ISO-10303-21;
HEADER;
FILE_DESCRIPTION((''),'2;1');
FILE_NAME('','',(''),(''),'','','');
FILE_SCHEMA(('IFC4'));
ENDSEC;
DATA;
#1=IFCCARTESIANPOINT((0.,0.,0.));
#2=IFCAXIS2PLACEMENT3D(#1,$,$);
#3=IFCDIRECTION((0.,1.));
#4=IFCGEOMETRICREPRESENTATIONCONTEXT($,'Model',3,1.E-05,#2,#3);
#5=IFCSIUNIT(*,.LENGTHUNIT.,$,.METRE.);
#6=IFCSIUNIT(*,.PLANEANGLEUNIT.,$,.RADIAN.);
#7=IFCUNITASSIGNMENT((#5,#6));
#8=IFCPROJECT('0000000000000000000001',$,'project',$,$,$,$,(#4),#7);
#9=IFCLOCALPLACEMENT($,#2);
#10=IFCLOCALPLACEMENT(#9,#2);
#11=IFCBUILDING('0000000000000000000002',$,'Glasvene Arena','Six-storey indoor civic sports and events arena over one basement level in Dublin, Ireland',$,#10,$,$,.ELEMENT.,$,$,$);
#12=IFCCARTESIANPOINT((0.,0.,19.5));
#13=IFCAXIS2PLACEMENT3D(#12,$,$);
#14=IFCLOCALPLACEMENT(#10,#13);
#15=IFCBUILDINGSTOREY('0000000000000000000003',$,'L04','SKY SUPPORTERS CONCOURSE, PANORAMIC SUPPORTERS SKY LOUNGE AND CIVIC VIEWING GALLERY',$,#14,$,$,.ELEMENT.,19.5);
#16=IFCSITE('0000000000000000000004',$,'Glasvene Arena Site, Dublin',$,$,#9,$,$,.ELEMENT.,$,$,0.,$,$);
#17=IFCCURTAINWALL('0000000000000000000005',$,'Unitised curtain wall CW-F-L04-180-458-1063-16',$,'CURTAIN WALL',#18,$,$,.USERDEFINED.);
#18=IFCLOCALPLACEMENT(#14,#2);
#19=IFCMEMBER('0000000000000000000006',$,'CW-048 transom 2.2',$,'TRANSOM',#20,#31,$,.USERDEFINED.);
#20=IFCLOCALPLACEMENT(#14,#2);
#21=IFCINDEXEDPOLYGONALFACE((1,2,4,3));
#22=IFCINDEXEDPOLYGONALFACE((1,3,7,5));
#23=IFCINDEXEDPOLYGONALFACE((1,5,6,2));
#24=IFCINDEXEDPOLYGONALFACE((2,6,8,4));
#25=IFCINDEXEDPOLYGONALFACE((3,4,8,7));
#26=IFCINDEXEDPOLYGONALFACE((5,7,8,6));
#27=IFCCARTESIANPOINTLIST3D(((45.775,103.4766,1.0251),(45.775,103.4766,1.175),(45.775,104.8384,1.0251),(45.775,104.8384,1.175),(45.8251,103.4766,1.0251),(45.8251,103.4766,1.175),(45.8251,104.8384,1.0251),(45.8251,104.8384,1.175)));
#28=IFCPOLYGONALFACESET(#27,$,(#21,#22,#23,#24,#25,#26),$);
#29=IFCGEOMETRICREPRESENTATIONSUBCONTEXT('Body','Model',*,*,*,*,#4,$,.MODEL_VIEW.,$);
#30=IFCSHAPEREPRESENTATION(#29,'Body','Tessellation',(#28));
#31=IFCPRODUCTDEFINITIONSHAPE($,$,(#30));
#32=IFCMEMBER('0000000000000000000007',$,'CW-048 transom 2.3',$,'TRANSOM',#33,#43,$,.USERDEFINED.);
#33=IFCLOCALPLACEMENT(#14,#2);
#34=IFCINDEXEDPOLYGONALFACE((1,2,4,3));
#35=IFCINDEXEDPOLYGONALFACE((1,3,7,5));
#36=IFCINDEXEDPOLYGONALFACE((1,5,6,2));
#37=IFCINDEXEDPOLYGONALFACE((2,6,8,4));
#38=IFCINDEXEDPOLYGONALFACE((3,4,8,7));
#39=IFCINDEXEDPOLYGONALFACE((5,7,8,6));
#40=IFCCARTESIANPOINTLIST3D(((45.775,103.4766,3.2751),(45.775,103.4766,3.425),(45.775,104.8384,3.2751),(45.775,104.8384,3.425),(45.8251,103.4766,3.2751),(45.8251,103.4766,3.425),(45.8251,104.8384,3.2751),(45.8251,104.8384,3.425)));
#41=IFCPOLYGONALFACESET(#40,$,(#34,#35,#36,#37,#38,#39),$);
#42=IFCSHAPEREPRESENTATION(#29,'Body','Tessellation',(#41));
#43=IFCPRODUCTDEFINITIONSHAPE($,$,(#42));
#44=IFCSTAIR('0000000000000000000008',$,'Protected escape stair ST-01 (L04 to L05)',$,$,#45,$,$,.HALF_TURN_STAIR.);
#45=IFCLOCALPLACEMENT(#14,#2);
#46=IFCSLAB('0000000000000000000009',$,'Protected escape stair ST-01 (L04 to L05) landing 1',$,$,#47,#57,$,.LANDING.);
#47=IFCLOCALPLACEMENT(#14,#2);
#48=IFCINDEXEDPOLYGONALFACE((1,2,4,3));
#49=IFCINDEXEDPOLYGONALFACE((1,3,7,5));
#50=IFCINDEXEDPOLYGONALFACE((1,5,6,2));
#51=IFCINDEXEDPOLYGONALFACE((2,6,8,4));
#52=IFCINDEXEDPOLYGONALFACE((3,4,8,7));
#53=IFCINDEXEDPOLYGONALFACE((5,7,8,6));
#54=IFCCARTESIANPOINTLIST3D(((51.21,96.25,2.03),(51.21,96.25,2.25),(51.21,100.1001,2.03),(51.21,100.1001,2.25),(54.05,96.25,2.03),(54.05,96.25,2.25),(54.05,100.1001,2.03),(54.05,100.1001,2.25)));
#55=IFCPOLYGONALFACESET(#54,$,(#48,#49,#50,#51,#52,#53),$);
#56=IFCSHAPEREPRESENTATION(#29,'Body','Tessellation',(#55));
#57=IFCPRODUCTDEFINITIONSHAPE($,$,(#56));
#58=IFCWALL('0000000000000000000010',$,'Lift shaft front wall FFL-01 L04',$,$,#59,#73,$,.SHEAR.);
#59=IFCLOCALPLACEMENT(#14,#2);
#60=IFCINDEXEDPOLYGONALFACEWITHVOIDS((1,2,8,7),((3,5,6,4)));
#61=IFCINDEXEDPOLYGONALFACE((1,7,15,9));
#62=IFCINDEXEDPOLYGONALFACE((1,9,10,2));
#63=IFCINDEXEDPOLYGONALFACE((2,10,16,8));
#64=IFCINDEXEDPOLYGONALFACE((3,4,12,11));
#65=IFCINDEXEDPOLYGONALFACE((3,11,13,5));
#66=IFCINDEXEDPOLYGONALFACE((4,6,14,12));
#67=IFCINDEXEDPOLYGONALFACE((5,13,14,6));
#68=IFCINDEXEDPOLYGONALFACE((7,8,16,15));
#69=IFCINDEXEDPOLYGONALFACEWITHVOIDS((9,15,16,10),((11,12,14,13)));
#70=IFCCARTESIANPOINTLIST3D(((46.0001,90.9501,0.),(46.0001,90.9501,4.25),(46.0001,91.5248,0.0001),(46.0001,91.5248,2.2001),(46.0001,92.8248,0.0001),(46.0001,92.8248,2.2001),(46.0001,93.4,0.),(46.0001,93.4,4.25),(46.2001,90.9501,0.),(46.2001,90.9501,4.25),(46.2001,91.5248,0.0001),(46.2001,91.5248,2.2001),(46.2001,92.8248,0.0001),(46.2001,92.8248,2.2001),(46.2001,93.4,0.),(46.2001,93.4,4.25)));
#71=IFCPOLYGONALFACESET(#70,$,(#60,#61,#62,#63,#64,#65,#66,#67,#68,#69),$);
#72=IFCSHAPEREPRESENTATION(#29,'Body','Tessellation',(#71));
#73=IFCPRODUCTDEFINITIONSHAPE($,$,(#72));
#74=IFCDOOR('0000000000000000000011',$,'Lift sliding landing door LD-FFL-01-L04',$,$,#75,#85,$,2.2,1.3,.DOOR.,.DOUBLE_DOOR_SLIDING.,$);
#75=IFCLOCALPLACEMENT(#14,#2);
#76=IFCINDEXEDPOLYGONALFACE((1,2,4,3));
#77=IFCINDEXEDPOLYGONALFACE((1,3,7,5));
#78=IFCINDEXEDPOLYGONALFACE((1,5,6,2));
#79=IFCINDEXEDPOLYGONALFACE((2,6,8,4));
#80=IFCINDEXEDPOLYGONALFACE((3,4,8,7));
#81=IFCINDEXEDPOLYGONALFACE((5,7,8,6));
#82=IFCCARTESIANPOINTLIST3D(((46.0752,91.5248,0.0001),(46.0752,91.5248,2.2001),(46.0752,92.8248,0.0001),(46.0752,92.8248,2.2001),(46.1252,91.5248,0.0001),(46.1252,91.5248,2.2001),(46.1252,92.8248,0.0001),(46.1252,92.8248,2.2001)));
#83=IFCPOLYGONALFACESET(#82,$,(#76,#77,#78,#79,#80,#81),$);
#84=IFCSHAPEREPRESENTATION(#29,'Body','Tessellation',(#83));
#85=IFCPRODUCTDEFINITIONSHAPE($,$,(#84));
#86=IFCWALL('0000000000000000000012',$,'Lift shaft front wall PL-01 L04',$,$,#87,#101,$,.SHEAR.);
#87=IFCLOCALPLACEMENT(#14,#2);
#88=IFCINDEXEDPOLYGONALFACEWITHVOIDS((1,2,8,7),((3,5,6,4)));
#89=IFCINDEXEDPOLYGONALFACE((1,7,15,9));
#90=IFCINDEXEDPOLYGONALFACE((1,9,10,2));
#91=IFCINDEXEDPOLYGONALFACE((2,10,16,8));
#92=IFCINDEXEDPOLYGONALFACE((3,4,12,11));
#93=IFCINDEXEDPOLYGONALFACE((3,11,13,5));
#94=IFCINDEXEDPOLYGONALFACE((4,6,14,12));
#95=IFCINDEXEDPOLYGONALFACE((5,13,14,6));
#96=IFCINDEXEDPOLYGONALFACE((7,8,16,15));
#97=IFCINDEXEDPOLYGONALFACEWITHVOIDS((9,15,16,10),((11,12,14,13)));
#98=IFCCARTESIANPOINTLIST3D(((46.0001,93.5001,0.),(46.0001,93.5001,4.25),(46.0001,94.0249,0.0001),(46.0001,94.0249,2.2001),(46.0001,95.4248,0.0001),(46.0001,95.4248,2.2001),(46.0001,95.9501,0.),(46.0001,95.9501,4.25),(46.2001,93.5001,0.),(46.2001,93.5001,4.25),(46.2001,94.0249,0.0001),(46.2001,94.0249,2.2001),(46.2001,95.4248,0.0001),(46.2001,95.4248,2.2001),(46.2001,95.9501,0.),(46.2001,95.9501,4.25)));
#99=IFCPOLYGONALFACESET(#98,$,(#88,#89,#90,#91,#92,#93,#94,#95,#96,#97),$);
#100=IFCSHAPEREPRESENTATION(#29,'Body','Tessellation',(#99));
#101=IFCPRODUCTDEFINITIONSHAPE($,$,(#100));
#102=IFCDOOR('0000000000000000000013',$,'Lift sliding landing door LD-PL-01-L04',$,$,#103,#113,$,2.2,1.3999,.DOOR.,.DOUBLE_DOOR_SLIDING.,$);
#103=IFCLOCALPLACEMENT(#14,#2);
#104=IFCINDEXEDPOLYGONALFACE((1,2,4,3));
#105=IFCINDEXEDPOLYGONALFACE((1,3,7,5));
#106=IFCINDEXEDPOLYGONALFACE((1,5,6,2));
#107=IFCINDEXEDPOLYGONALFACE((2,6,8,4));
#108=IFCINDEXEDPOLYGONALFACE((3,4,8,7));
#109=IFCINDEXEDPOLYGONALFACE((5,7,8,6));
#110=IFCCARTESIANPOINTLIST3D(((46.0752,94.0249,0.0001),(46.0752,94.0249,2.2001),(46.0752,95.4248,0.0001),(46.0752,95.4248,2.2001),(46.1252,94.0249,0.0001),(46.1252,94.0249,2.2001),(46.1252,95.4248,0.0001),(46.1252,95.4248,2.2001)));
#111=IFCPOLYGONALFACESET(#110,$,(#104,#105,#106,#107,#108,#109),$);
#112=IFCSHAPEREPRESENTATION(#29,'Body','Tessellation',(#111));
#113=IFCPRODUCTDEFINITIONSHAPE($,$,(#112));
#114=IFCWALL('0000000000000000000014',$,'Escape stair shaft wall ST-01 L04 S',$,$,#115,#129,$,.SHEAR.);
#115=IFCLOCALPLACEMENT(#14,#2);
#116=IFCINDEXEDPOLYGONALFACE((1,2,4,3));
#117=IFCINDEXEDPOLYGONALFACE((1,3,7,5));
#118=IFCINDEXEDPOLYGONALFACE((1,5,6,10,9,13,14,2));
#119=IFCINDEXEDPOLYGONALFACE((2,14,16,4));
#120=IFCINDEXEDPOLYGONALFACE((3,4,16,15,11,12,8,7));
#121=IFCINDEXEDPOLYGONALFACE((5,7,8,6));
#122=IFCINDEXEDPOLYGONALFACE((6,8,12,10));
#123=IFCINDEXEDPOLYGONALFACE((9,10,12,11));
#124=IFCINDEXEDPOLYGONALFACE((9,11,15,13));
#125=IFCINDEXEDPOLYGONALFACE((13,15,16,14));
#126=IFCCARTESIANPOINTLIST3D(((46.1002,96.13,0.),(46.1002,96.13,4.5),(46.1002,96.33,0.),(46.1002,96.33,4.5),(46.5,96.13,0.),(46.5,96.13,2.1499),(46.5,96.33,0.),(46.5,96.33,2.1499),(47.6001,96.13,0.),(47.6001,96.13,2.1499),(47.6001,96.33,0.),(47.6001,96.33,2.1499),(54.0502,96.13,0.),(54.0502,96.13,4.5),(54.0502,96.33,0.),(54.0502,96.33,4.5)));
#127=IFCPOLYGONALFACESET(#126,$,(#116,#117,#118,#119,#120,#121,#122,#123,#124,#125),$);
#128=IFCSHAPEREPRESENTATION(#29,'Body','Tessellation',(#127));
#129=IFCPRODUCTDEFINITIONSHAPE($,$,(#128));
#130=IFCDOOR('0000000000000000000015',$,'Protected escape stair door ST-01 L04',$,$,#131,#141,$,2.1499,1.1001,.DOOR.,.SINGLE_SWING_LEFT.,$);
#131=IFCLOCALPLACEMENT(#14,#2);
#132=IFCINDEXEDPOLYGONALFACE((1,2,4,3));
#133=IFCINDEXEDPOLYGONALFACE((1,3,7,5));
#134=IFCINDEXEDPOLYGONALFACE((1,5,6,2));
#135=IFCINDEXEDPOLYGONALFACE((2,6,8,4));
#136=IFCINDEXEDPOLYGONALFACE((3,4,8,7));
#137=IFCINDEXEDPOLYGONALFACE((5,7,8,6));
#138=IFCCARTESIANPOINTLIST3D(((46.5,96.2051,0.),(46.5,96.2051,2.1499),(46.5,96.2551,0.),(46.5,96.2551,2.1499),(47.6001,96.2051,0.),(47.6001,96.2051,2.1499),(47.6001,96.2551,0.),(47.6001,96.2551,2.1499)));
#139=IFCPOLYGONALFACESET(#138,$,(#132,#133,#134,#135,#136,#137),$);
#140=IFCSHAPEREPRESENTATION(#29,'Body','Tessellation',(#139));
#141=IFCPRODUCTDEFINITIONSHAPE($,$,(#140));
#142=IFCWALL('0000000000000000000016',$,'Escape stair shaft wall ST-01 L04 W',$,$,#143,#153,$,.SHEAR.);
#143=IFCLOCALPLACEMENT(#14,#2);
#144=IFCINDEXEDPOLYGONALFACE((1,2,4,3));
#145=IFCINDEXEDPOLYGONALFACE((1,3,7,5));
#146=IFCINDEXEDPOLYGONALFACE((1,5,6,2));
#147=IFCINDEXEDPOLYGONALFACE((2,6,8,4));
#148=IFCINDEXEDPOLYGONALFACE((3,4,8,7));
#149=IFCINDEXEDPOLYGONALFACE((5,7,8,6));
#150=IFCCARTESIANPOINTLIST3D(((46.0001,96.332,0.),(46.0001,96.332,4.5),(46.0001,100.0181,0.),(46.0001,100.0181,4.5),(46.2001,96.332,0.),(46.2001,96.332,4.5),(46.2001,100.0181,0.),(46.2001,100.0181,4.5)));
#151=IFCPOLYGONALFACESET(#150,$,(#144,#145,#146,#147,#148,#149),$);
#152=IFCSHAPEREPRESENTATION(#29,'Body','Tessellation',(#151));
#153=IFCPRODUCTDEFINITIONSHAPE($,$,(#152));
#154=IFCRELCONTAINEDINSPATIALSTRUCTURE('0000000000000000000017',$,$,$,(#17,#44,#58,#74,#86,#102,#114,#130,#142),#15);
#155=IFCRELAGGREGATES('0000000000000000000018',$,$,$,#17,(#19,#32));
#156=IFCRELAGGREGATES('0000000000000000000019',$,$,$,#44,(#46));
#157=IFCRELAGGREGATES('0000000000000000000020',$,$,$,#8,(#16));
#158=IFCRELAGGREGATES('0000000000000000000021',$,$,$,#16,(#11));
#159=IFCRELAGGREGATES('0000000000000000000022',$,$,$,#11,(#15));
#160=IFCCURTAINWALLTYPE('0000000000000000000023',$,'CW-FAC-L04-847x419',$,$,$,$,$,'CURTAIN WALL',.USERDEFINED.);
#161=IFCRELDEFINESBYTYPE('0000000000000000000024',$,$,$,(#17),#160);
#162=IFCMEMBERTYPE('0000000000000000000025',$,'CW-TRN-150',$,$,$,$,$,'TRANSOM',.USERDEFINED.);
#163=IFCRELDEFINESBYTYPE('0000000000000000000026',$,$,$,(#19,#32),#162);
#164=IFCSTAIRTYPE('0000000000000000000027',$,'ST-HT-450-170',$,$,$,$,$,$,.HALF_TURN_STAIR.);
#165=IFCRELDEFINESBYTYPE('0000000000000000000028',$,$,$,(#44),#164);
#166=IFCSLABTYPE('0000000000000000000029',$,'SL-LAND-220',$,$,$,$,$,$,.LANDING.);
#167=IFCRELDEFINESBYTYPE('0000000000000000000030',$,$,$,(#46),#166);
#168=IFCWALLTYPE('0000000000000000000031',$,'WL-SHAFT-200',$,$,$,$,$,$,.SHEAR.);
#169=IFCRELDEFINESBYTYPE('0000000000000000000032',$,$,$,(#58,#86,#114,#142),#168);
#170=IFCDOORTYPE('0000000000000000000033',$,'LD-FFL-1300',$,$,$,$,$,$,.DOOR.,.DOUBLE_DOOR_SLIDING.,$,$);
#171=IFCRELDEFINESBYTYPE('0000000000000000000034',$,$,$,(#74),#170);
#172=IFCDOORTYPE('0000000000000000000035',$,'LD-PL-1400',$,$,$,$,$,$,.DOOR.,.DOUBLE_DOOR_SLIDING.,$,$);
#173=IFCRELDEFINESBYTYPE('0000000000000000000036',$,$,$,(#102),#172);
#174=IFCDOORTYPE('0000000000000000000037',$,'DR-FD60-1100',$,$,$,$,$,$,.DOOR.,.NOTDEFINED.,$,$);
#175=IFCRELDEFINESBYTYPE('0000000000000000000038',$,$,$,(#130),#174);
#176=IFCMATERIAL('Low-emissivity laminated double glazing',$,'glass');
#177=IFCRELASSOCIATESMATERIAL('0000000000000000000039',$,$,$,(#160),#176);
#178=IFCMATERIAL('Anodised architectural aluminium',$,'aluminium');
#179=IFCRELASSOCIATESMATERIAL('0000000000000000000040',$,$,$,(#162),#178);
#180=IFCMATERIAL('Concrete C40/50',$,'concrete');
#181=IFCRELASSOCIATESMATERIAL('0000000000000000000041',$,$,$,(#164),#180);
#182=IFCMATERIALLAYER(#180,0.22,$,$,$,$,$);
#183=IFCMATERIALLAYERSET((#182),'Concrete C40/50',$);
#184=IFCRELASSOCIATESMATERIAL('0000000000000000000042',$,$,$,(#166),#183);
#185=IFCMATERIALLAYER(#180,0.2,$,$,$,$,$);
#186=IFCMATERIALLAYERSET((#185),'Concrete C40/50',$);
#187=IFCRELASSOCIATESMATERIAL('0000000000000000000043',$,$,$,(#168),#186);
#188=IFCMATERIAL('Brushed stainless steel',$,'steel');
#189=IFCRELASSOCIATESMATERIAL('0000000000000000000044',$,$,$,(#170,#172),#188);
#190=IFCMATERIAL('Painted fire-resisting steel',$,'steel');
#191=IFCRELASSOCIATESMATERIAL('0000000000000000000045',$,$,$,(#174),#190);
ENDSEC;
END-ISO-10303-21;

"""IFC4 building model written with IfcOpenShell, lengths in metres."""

from ifc_helpers import new_model, si_unit, direction, frame, frame_2d, origin, origin_2d, place, context, subcontext, project, spatial, polyline, rectangle, outline, extrude, material, layer, layer_set, material_profile, profile_set, type_object, element, fill, aggregate, save


model = new_model("IFC4")

# Units and contexts
model_context = context("Model", 3, precision=1e-05, world=origin(), true_north=direction((0.0, 1.0)))
body_context = subcontext(model_context, "Body", "Model", "MODEL_VIEW")
ifc_project = project(units=[si_unit("LENGTHUNIT", "METRE"), si_unit("PLANEANGLEUNIT", "RADIAN")], contexts=[model_context])

# Site, building, storey
site_placement = place(None, origin())
site = spatial("IfcSite", under=ifc_project, at=site_placement, Name="Glasvene Arena Site, Dublin", CompositionType="ELEMENT", RefElevation=0.0)
building_placement = place(site_placement, origin())
building = spatial("IfcBuilding", under=site, at=building_placement, Name="Glasvene Arena", Description="Six-storey indoor civic sports and events arena over one basement level in Dublin, Ireland", CompositionType="ELEMENT")
storey_placement = place(building_placement, frame((0.0, 0.0, 19.5)))
storey = spatial("IfcBuildingStorey", under=building, at=storey_placement, Name="L04", Description="SKY SUPPORTERS CONCOURSE, PANORAMIC SUPPORTERS SKY LOUNGE AND CIVIC VIEWING GALLERY", CompositionType="ELEMENT", Elevation=19.5)

# Curtain wall, members
ifc_material_1 = material(Name="Low-emissivity laminated double glazing", Category="glass")
curtain_wall_type = type_object("IfcCurtainWallType", Name="CW-FAC-L04-847x419", ElementType="CURTAIN WALL", PredefinedType="USERDEFINED", material=ifc_material_1)
curtain_wall_placement = place(storey_placement, frame((45.8, 102.04, 0.0)))
curtain_wall = element("IfcCurtainWall", 1, at=curtain_wall_placement, inside=storey, type_object=curtain_wall_type, Name="Unitised curtain wall CW-F-L04-180-458-1063-16", ObjectType="CURTAIN WALL", PredefinedType="USERDEFINED")
ifc_material_2 = material(Name="Anodised architectural aluminium", Category="aluminium")
ifc_material_profile_1 = material_profile(ifc_material_2, rectangle(XDim=0.05, YDim=0.1499, at=origin_2d()), Name="ALU TRANSOM 50x150")
ifc_profile_set_1 = profile_set([ifc_material_profile_1], Name="Anodised architectural aluminium")
member_type_1 = type_object("IfcMemberType", Name="CW-TRN-150", ElementType="TRANSOM", PredefinedType="USERDEFINED", material=ifc_profile_set_1)
member_1_placement = place(storey_placement, frame((45.8, 103.4766, 1.1001), z_axis=(0.0, 1.0, 0.0), x_axis=(-1.0, 0.0, 0.0)))
member_1 = element("IfcMember", 2, at=member_1_placement, type_object=member_type_1, Name="CW-048 transom 2.2", ObjectType="TRANSOM", PredefinedType="USERDEFINED", context=body_context, shape_type="SweptSolid", body=[
    extrude(rectangle(XDim=0.05, YDim=0.1499, at=origin_2d()), origin(), (0.0, 0.0, 1.0), 1.3618),
])
member_2_placement = place(storey_placement, frame((45.8, 103.4766, 3.3501), z_axis=(0.0, 1.0, 0.0), x_axis=(-1.0, 0.0, 0.0)))
member_2 = element("IfcMember", 3, at=member_2_placement, type_object=member_type_1, Name="CW-048 transom 2.3", ObjectType="TRANSOM", PredefinedType="USERDEFINED", context=body_context, shape_type="SweptSolid", body=[
    extrude(rectangle(XDim=0.05, YDim=0.1499, at=origin_2d()), origin(), (0.0, 0.0, 1.0), 1.3618),
])
aggregate(curtain_wall, [member_1, member_2])

# Stair, slab
ifc_material_3 = material(Name="Concrete C40/50", Category="concrete")
stair_type = type_object("IfcStairType", Name="ST-HT-450-170", PredefinedType="HALF_TURN_STAIR", material=ifc_material_3)
stair_placement = place(storey_placement, origin())
stair = element("IfcStair", 4, at=stair_placement, inside=storey, type_object=stair_type, Name="Protected escape stair ST-01 (L04 to L05)", PredefinedType="HALF_TURN_STAIR")
ifc_layer_1 = layer(ifc_material_3, 0.22)
ifc_layer_set_1 = layer_set([ifc_layer_1], Name="Concrete C40/50")
slab_type = type_object("IfcSlabType", Name="SL-LAND-220", PredefinedType="LANDING", material=ifc_layer_set_1)
slab_placement = place(storey_placement, frame((52.6299, 98.175, 2.03)))
slab = element("IfcSlab", 5, at=slab_placement, type_object=slab_type, Name="Protected escape stair ST-01 (L04 to L05) landing 1", PredefinedType="LANDING", context=body_context, shape_type="SweptSolid", body=[
    extrude(outline(polyline([(-1.4199, -1.925), (1.4202, -1.925), (1.4202, 1.925), (-1.4199, 1.925), (-1.4199, -1.925)])), origin(), (0.0, 0.0, 1.0), 0.22),
])

# Walls, openings, doors
ifc_layer_2 = layer(ifc_material_3, 0.2)
ifc_layer_set_2 = layer_set([ifc_layer_2], Name="Concrete C40/50")
wall_type = type_object("IfcWallType", Name="WL-SHAFT-200", PredefinedType="SHEAR", material=ifc_layer_set_2)
wall_1_placement = place(storey_placement, frame((46.1001, 90.95, 0.0), z_axis=(0.0, 0.0, 1.0), x_axis=(0.0, 1.0, 0.0)))
wall_1 = element("IfcWall", 6, at=wall_1_placement, inside=storey, type_object=wall_type, Name="Lift shaft front wall FFL-01 L04", PredefinedType="SHEAR", context=body_context, shape_type="SweptSolid", body=[
    extrude(rectangle(XDim=2.45, YDim=0.2, at=frame_2d((1.2251, 0.0))), origin(), (0.0, 0.0, 1.0), 4.25),
])
opening_1_placement = place(wall_1_placement, frame((0.575, 0.0, 0.0)))
opening_1 = element("IfcOpeningElement", 7, at=opening_1_placement, cuts=wall_1, PredefinedType="OPENING", context=body_context, shape_type="SweptSolid", body=[
    extrude(rectangle(XDim=1.3, YDim=2.2, at=frame_2d((0.6499, 1.1001))), frame((0.0, 0.1099, 0.0), z_axis=(0.0, -1.0, 0.0), x_axis=(1.0, 0.0, 0.0)), (0.0, 0.0, 1.0), 0.22),
])
ifc_material_4 = material(Name="Brushed stainless steel", Category="steel")
door_type_1 = type_object("IfcDoorType", Name="LD-FFL-1300", OperationType="DOUBLE_DOOR_SLIDING", PredefinedType="DOOR", material=ifc_material_4)
door_1_placement = place(opening_1_placement, origin())
door_1 = element("IfcDoor", 8, at=door_1_placement, inside=storey, type_object=door_type_1, Name="Lift sliding landing door LD-FFL-01-L04", OperationType="DOUBLE_DOOR_SLIDING", OverallHeight=2.2, OverallWidth=1.3, PredefinedType="DOOR", context=body_context, shape_type="SweptSolid", body=[
    extrude(rectangle(XDim=1.3, YDim=2.2, at=frame_2d((0.6499, 1.1001))), frame((0.0, 0.0249, 0.0), z_axis=(0.0, -1.0, 0.0), x_axis=(1.0, 0.0, 0.0)), (0.0, 0.0, 1.0), 0.05),
])
fill(opening_1, door_1)
wall_2_placement = place(storey_placement, frame((46.1001, 93.5, 0.0), z_axis=(0.0, 0.0, 1.0), x_axis=(0.0, 1.0, 0.0)))
wall_2 = element("IfcWall", 9, at=wall_2_placement, inside=storey, type_object=wall_type, Name="Lift shaft front wall PL-01 L04", PredefinedType="SHEAR", context=body_context, shape_type="SweptSolid", body=[
    extrude(rectangle(XDim=2.45, YDim=0.2, at=frame_2d((1.2251, 0.0))), origin(), (0.0, 0.0, 1.0), 4.25),
])
opening_2_placement = place(wall_2_placement, frame((0.5249, 0.0, 0.0)))
opening_2 = element("IfcOpeningElement", 10, at=opening_2_placement, cuts=wall_2, PredefinedType="OPENING", context=body_context, shape_type="SweptSolid", body=[
    extrude(rectangle(XDim=1.3999, YDim=2.2, at=frame_2d((0.7, 1.1001))), frame((0.0, 0.1099, 0.0), z_axis=(0.0, -1.0, 0.0), x_axis=(1.0, 0.0, 0.0)), (0.0, 0.0, 1.0), 0.22),
])
door_type_2 = type_object("IfcDoorType", Name="LD-PL-1400", OperationType="DOUBLE_DOOR_SLIDING", PredefinedType="DOOR", material=ifc_material_4)
door_2_placement = place(opening_2_placement, origin())
door_2 = element("IfcDoor", 11, at=door_2_placement, inside=storey, type_object=door_type_2, Name="Lift sliding landing door LD-PL-01-L04", OperationType="DOUBLE_DOOR_SLIDING", OverallHeight=2.2, OverallWidth=1.3999, PredefinedType="DOOR", context=body_context, shape_type="SweptSolid", body=[
    extrude(rectangle(XDim=1.3999, YDim=2.2, at=frame_2d((0.7, 1.1001))), frame((0.0, 0.0249, 0.0), z_axis=(0.0, -1.0, 0.0), x_axis=(1.0, 0.0, 0.0)), (0.0, 0.0, 1.0), 0.05),
])
fill(opening_2, door_2)
wall_3_placement = place(storey_placement, frame((46.1001, 96.23, 0.0), z_axis=(0.0, 0.0, 1.0), x_axis=(1.0, 0.0, 0.0)))
wall_3 = element("IfcWall", 12, at=wall_3_placement, inside=storey, type_object=wall_type, Name="Escape stair shaft wall ST-01 L04 S", PredefinedType="SHEAR", context=body_context, shape_type="SweptSolid", body=[
    extrude(rectangle(XDim=7.95, YDim=0.2, at=frame_2d((3.9751, 0.0))), origin(), (0.0, 0.0, 1.0), 4.5),
])
opening_3_placement = place(wall_3_placement, frame((0.3999, 0.0, 0.0)))
opening_3 = element("IfcOpeningElement", 13, at=opening_3_placement, cuts=wall_3, PredefinedType="OPENING", context=body_context, shape_type="SweptSolid", body=[
    extrude(rectangle(XDim=1.1001, YDim=2.1499, at=frame_2d((0.55, 1.075))), frame((0.0, 0.1099, 0.0), z_axis=(0.0, -1.0, 0.0), x_axis=(1.0, 0.0, 0.0)), (0.0, 0.0, 1.0), 0.22),
])
ifc_material_5 = material(Name="Painted fire-resisting steel", Category="steel")
door_type_3 = type_object("IfcDoorType", Name="DR-FD60-1100", OperationType="NOTDEFINED", PredefinedType="DOOR", material=ifc_material_5)
door_3_placement = place(opening_3_placement, frame((1.1001, 0.0, 0.0), z_axis=(0.0, 0.0, 1.0), x_axis=(-1.0, 0.0, 0.0)))
door_3 = element("IfcDoor", 14, at=door_3_placement, inside=storey, type_object=door_type_3, Name="Protected escape stair door ST-01 L04", OperationType="SINGLE_SWING_LEFT", OverallHeight=2.1499, OverallWidth=1.1001, PredefinedType="DOOR", context=body_context, shape_type="SweptSolid", body=[
    extrude(rectangle(XDim=1.1001, YDim=2.1499, at=frame_2d((0.55, 1.075))), frame((0.0, 0.0249, 0.0), z_axis=(0.0, -1.0, 0.0), x_axis=(1.0, 0.0, 0.0)), (0.0, 0.0, 1.0), 0.05),
])
fill(opening_3, door_3)

# Wall
wall_4_placement = place(storey_placement, frame((46.1001, 96.332, 0.0), z_axis=(0.0, 0.0, 1.0), x_axis=(0.0, 1.0, 0.0)))
element("IfcWall", 15, at=wall_4_placement, inside=storey, type_object=wall_type, Name="Escape stair shaft wall ST-01 L04 W", PredefinedType="SHEAR", context=body_context, shape_type="SweptSolid", body=[
    extrude(rectangle(XDim=3.686, YDim=0.2, at=frame_2d((1.843, 0.0))), origin(), (0.0, 0.0, 1.0), 4.5),
])

aggregate(stair, [slab])

save(model, "model.ifc")
